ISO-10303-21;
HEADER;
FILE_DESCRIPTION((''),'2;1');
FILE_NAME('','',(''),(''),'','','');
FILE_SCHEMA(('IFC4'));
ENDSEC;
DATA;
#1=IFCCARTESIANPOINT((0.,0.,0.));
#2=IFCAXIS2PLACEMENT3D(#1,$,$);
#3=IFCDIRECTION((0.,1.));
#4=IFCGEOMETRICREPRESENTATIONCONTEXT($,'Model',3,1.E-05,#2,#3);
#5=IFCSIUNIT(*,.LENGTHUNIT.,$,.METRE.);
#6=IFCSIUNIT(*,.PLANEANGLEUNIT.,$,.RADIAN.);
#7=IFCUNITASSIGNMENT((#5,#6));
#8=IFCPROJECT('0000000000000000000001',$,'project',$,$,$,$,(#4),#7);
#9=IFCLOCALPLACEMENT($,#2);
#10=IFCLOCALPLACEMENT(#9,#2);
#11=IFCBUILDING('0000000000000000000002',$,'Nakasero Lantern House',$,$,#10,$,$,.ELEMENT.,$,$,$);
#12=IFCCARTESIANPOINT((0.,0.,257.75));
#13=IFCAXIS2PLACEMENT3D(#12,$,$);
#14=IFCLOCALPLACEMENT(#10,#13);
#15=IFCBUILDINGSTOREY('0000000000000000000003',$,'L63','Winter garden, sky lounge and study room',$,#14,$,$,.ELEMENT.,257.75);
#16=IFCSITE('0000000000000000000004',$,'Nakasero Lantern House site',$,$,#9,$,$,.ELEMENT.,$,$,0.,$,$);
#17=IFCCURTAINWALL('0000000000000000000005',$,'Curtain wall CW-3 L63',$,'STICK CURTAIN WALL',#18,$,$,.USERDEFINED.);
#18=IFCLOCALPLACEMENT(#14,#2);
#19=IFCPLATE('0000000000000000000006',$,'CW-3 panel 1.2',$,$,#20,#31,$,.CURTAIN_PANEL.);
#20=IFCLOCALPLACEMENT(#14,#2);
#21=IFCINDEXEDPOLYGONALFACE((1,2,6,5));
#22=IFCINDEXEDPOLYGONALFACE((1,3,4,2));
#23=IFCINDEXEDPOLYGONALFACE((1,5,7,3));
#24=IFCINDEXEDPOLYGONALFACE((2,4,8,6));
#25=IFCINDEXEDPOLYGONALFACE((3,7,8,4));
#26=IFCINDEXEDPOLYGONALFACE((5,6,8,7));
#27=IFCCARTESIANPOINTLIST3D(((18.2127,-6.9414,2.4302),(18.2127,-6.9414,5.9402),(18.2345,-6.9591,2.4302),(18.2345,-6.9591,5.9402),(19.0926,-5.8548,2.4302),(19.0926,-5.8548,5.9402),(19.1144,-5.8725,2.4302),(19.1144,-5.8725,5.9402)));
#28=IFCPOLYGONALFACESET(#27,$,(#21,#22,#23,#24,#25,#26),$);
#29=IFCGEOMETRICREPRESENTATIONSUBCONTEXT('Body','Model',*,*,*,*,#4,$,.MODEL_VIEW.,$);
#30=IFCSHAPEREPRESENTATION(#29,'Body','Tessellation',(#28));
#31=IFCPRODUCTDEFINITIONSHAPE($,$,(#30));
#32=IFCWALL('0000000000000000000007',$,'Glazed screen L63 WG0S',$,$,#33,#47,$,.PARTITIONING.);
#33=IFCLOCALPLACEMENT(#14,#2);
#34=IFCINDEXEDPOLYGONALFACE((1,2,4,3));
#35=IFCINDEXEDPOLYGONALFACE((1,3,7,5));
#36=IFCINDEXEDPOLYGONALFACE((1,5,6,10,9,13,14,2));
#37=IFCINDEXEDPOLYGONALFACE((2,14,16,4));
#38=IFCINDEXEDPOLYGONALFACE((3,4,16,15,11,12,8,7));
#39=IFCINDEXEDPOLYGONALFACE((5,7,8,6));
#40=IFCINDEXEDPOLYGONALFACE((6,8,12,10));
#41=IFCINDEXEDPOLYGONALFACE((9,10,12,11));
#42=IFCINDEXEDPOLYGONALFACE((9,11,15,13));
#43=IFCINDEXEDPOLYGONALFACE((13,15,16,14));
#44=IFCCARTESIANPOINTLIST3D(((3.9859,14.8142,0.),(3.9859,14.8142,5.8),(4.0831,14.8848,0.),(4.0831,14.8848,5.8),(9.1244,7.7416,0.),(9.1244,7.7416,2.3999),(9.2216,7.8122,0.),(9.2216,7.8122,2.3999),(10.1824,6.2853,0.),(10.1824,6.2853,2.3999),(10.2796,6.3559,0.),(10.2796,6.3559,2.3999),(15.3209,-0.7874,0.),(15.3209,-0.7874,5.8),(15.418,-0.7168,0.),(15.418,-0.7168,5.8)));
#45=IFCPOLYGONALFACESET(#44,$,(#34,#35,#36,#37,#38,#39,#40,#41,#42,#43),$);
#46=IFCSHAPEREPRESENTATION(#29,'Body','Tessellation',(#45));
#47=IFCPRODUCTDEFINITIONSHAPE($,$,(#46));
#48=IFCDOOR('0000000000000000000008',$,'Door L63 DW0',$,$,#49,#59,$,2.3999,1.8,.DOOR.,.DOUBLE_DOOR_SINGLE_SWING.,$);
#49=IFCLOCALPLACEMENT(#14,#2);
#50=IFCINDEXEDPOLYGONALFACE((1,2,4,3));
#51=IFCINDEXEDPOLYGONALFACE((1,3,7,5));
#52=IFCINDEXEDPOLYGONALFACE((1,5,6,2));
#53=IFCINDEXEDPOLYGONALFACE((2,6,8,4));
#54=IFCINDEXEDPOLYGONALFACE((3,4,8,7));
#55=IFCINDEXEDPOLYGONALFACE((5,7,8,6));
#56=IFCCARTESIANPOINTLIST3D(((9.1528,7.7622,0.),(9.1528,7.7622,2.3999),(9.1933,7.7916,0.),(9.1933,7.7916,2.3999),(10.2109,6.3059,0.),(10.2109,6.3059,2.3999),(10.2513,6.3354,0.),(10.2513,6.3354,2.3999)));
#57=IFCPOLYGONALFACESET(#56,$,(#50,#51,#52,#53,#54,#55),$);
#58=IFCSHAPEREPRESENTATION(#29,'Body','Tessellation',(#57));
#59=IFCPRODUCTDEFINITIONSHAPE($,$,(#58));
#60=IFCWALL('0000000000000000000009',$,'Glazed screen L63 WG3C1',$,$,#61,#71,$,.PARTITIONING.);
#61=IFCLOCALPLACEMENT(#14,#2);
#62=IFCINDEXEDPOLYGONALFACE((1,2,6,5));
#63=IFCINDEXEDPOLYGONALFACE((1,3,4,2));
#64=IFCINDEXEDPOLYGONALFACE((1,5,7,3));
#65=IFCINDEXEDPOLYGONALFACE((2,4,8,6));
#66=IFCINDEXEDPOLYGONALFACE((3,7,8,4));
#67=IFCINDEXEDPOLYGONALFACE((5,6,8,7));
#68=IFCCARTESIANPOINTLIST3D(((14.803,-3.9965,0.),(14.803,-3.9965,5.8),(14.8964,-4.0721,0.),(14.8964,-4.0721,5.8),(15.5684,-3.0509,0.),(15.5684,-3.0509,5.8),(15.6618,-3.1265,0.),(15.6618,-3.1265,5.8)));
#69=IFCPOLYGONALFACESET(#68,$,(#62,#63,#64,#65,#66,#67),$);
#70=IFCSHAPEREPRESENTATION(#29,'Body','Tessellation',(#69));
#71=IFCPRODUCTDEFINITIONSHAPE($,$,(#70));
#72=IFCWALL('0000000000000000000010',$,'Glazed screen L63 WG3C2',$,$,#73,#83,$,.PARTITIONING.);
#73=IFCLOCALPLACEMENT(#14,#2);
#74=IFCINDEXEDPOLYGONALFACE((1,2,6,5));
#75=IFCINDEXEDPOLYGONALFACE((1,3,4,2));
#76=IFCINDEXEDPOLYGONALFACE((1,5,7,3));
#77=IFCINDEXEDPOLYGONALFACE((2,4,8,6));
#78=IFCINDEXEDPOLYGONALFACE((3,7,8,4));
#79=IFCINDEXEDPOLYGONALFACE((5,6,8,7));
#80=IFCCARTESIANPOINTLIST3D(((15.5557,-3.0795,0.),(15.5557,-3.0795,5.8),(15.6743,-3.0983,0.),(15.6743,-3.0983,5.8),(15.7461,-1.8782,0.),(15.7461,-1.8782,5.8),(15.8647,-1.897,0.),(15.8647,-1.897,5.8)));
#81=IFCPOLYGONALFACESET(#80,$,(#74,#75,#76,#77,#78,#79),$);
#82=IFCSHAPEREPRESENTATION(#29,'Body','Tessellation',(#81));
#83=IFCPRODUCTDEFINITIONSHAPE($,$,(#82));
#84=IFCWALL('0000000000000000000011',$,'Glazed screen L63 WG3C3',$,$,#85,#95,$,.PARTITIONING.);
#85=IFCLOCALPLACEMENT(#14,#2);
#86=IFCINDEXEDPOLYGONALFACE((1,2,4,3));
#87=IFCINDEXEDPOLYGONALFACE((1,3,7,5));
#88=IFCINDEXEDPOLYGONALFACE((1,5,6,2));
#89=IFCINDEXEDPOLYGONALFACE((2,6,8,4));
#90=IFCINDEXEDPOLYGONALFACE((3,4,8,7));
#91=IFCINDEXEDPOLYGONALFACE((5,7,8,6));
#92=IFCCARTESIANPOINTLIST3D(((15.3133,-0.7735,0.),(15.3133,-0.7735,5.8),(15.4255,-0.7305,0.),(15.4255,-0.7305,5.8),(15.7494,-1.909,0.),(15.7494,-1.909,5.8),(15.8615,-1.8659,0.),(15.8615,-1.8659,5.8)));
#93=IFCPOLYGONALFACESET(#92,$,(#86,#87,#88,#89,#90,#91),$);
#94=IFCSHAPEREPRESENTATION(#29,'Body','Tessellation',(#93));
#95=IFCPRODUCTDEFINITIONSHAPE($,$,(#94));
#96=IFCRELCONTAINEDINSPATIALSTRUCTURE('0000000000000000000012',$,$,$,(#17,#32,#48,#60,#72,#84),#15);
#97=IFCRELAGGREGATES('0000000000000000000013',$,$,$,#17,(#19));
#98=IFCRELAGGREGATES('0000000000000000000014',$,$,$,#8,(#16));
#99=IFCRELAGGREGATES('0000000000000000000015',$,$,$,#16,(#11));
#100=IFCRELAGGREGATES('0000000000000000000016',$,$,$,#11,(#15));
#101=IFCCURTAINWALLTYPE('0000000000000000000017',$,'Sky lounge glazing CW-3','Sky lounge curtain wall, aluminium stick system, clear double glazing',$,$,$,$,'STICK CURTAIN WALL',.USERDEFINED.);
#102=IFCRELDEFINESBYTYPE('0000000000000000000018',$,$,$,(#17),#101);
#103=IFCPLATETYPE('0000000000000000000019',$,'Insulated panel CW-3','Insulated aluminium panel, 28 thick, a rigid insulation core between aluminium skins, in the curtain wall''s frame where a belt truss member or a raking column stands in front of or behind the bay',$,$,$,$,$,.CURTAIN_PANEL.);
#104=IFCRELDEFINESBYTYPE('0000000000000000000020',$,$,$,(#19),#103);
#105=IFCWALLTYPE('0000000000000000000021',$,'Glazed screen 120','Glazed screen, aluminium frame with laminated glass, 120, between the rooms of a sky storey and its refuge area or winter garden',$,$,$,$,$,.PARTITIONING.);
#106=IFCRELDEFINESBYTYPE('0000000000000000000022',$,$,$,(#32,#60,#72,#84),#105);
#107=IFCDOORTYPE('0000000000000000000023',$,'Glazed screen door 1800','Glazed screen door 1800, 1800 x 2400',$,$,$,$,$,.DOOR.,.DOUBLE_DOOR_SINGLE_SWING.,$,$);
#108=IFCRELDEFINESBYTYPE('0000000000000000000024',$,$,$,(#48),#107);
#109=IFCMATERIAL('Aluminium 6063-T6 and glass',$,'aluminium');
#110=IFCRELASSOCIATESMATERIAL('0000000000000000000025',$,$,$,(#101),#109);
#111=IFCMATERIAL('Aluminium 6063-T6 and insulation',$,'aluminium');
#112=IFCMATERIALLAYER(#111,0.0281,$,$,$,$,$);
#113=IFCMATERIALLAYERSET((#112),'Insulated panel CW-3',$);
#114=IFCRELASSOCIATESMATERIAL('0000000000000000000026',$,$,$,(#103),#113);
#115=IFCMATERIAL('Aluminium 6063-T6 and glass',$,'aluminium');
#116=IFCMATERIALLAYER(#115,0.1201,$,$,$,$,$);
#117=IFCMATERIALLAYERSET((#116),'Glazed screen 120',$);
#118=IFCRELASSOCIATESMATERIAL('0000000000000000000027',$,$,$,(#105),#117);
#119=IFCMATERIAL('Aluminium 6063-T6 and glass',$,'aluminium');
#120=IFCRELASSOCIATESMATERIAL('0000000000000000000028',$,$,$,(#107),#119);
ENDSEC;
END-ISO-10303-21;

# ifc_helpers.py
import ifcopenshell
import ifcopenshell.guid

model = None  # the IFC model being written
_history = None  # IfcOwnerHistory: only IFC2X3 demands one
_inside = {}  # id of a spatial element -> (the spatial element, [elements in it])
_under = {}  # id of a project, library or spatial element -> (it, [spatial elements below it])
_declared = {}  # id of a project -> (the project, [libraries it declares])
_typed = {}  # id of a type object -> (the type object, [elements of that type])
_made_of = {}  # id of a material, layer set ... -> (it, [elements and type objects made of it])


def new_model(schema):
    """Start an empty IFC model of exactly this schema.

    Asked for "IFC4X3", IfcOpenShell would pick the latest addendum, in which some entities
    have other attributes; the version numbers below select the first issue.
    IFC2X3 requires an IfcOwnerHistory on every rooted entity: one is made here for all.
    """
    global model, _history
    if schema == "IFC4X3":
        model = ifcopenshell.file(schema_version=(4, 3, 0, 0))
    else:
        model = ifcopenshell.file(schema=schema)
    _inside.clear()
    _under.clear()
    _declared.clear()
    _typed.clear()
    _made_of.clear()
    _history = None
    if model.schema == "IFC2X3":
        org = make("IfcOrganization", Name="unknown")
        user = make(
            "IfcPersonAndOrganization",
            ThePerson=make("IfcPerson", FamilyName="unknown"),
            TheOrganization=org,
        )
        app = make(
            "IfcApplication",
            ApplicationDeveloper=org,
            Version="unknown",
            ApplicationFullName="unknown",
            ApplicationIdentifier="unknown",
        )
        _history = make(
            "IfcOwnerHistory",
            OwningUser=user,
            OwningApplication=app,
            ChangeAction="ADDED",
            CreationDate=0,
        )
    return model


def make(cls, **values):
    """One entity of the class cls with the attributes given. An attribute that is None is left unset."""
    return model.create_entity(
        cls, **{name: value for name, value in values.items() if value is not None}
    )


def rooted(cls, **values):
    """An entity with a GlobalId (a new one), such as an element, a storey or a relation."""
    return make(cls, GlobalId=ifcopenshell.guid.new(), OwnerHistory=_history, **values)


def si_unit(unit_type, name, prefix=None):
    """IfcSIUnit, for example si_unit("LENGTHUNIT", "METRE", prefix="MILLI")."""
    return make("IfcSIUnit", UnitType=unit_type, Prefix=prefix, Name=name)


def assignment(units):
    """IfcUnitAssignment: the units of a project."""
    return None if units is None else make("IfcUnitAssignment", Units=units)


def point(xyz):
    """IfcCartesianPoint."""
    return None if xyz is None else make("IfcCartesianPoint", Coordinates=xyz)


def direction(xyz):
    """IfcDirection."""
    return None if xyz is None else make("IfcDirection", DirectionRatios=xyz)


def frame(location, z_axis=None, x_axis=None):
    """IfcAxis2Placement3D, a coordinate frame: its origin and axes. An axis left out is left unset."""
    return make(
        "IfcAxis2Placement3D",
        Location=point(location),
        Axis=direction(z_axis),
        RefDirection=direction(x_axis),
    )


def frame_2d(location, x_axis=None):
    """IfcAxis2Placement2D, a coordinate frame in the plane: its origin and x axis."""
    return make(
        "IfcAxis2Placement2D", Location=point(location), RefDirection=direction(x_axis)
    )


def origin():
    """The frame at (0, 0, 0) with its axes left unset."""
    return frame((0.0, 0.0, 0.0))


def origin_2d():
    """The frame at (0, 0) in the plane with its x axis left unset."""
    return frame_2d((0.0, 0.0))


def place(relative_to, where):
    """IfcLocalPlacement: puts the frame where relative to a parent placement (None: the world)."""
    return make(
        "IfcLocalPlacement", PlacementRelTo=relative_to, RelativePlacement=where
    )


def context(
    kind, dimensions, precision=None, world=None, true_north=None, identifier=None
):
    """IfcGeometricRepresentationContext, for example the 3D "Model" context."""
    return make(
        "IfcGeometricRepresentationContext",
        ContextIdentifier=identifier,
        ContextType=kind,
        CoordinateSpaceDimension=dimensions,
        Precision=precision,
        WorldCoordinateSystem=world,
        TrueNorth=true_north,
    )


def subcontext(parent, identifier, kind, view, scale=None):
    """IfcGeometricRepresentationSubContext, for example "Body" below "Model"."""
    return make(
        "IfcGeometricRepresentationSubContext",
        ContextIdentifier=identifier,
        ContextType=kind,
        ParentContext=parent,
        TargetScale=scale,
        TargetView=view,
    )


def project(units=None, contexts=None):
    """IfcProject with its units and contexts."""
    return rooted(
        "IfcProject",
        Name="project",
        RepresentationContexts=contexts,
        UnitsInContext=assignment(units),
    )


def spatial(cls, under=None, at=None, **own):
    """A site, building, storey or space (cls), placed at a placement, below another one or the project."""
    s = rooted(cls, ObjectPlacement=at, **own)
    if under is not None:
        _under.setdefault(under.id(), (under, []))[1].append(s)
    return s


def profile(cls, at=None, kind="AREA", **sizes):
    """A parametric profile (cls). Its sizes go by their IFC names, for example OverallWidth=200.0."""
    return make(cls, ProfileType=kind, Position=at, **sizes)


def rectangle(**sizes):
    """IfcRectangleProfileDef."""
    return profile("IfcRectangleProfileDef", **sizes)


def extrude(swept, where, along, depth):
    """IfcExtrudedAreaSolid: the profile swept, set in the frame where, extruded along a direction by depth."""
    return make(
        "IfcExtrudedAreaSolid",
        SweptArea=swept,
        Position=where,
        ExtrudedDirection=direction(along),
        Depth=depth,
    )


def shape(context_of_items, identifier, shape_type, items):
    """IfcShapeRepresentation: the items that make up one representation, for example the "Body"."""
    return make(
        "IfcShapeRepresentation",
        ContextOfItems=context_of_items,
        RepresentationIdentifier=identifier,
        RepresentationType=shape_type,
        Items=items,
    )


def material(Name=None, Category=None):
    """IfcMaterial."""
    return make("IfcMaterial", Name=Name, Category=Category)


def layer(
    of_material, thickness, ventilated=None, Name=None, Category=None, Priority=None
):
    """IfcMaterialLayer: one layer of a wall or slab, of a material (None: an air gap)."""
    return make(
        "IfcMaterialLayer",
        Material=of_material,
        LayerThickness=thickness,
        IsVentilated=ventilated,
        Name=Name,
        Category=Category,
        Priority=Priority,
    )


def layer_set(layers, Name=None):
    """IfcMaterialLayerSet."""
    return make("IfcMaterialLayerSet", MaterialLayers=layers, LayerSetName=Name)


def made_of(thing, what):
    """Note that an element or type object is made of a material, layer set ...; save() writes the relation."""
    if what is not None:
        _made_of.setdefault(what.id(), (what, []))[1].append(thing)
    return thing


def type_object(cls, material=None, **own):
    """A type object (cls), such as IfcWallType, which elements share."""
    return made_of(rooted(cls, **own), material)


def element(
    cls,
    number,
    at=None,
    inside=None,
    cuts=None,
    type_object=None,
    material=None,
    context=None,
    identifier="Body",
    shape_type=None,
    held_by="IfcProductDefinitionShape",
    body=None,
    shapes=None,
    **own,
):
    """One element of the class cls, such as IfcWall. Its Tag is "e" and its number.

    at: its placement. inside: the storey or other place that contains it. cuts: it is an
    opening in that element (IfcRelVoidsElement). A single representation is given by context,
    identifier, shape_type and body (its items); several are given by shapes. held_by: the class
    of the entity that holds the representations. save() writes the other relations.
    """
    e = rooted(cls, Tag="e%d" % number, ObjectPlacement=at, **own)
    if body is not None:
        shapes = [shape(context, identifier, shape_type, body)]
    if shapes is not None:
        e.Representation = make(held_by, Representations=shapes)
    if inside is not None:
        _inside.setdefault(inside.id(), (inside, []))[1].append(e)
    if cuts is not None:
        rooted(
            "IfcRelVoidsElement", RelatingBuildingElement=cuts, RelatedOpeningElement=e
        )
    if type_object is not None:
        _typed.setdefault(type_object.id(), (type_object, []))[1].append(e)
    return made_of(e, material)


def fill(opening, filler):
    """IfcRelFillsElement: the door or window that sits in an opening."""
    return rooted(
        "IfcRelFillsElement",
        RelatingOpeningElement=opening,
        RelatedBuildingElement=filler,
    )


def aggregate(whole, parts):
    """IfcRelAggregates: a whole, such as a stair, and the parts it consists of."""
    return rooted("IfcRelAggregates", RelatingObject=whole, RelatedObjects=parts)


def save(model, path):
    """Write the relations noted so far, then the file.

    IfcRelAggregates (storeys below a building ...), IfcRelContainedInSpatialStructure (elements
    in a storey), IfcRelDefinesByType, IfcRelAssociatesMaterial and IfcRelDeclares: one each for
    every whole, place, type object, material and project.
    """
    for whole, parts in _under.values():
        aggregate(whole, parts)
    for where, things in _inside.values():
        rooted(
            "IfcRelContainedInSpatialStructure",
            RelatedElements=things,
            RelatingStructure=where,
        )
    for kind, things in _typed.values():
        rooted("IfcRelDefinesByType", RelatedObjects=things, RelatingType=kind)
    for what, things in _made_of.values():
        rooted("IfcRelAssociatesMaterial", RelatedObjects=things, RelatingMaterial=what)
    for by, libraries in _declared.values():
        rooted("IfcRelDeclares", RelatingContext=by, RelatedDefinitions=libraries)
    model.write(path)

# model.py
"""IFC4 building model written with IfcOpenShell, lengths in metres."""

from ifc_helpers import new_model, si_unit, direction, frame, frame_2d, origin, origin_2d, place, context, subcontext, project, spatial, rectangle, extrude, material, layer, layer_set, type_object, element, fill, aggregate, save


model = new_model("IFC4")

# Units and contexts
model_context = context("Model", 3, precision=1e-05, world=origin(), true_north=direction((0.0, 1.0)))
body_context = subcontext(model_context, "Body", "Model", "MODEL_VIEW")
ifc_project = project(units=[si_unit("LENGTHUNIT", "METRE"), si_unit("PLANEANGLEUNIT", "RADIAN")], contexts=[model_context])

# Site, building, storey
site_placement = place(None, origin())
site = spatial("IfcSite", under=ifc_project, at=site_placement, Name="Nakasero Lantern House site", CompositionType="ELEMENT", RefElevation=0.0)
building_placement = place(site_placement, origin())
building = spatial("IfcBuilding", under=site, at=building_placement, Name="Nakasero Lantern House", CompositionType="ELEMENT")
storey_placement = place(building_placement, frame((0.0, 0.0, 257.75)))
storey = spatial("IfcBuildingStorey", under=building, at=storey_placement, Name="L63", Description="Winter garden, sky lounge and study room", CompositionType="ELEMENT", Elevation=257.75)

# Curtain wall
ifc_material_1 = material(Name="Aluminium 6063-T6 and glass", Category="aluminium")
curtain_wall_type = type_object("IfcCurtainWallType", Name="Sky lounge glazing CW-3", Description="Sky lounge curtain wall, aluminium stick system, clear double glazing", ElementType="STICK CURTAIN WALL", PredefinedType="USERDEFINED", material=ifc_material_1)
curtain_wall_1_placement = place(storey_placement, origin())
curtain_wall_1 = element("IfcCurtainWall", 1, at=curtain_wall_1_placement, inside=storey, type_object=curtain_wall_type, Name="Curtain wall CW-3 L63", ObjectType="STICK CURTAIN WALL", PredefinedType="USERDEFINED")

# Plate
ifc_material_2 = material(Name="Aluminium 6063-T6 and insulation", Category="aluminium")
ifc_layer_1 = layer(ifc_material_2, 0.0281)
ifc_layer_set_1 = layer_set([ifc_layer_1], Name="Insulated panel CW-3")
plate_type_1 = type_object("IfcPlateType", Name="Insulated panel CW-3", Description="Insulated aluminium panel, 28 thick, a rigid insulation core between aluminium skins, in the curtain wall's frame where a belt truss member or a raking column stands in front of or behind the bay", PredefinedType="CURTAIN_PANEL", material=ifc_layer_set_1)
plate_1_placement = place(storey_placement, frame((18.6636, -6.407, 2.4302), z_axis=(0.0, 0.0, 1.0), x_axis=(0.62932, 0.777146, 0.0)))
plate_1 = element("IfcPlate", 2, at=plate_1_placement, type_object=plate_type_1, Name="CW-3 panel 1.2", PredefinedType="CURTAIN_PANEL", context=body_context, shape_type="SweptSolid", body=[
    extrude(rectangle(XDim=1.3982, YDim=0.0281, at=origin_2d()), origin(), (0.0, 0.0, 1.0), 3.51),
])
aggregate(curtain_wall_1, [plate_1])

# Wall, opening, door
ifc_material_3 = material(Name="Aluminium 6063-T6 and glass", Category="aluminium")
ifc_layer_2 = layer(ifc_material_3, 0.1201)
ifc_layer_set_2 = layer_set([ifc_layer_2], Name="Glazed screen 120")
wall_type = type_object("IfcWallType", Name="Glazed screen 120", Description="Glazed screen, aluminium frame with laminated glass, 120, between the rooms of a sky storey and its refuge area or winter garden", PredefinedType="PARTITIONING", material=ifc_layer_set_2)
wall_1_placement = place(storey_placement, frame((15.3694, -0.752, 0.0), z_axis=(0.0, 0.0, 1.0), x_axis=(-0.587777, 0.809023, 0.0)))
wall_1 = element("IfcWall", 3, at=wall_1_placement, inside=storey, type_object=wall_type, Name="Glazed screen L63 WG0S", PredefinedType="PARTITIONING", context=body_context, shape_type="SweptSolid", body=[
    extrude(rectangle(XDim=19.2844, YDim=0.1201, at=frame_2d((9.6421, 0.0))), origin(), (0.0, 0.0, 1.0), 5.8),
])
opening_placement = place(wall_1_placement, frame((8.7422, 0.0, 0.0)))
opening = element("IfcOpeningElement", 4, at=opening_placement, cuts=wall_1, PredefinedType="OPENING", context=body_context, shape_type="SweptSolid", body=[
    extrude(rectangle(XDim=1.8, YDim=2.3999, at=frame_2d((0.8999, 1.2))), frame((0.0, 0.0801, 0.0), z_axis=(0.0, -1.0, 0.0), x_axis=(1.0, 0.0, 0.0)), (0.0, 0.0, 1.0), 0.1602),
])
ifc_material_4 = material(Name="Aluminium 6063-T6 and glass", Category="aluminium")
door_type = type_object("IfcDoorType", Name="Glazed screen door 1800", Description="Glazed screen door 1800, 1800 x 2400", OperationType="DOUBLE_DOOR_SINGLE_SWING", PredefinedType="DOOR", material=ifc_material_4)
door_placement = place(opening_placement, origin())
door = element("IfcDoor", 5, at=door_placement, inside=storey, type_object=door_type, Name="Door L63 DW0", OperationType="DOUBLE_DOOR_SINGLE_SWING", OverallHeight=2.3999, OverallWidth=1.8, PredefinedType="DOOR", context=body_context, shape_type="SweptSolid", body=[
    extrude(rectangle(XDim=1.8, YDim=2.3999, at=frame_2d((0.8999, 1.2))), frame((0.0, 0.0249, 0.0), z_axis=(0.0, -1.0, 0.0), x_axis=(1.0, 0.0, 0.0)), (0.0, 0.0, 1.0), 0.05),
])
fill(opening, door)

# Walls
wall_2_placement = place(storey_placement, frame((14.8496, -4.0344, 0.0), z_axis=(0.0, 0.0, 1.0), x_axis=(0.629164, 0.777273, 0.0)))
element("IfcWall", 6, at=wall_2_placement, inside=storey, type_object=wall_type, Name="Glazed screen L63 WG3C1", PredefinedType="PARTITIONING", context=body_context, shape_type="SweptSolid", body=[
    extrude(rectangle(XDim=1.2166, YDim=0.1201, at=frame_2d((0.6084, 0.0))), origin(), (0.0, 0.0, 1.0), 5.8),
])
for number, where, z_axis, x_axis, name in (
    (7, (15.615, -3.0889, 0.0), (0.0, 0.0, 1.0), (0.15655, 0.98767, 0.0), "Glazed screen L63 WG3C2"),
    (8, (15.8054, -1.8875, 0.0), (0.0, 0.0, 1.0), (-0.358481, 0.933537, 0.0), "Glazed screen L63 WG3C3"),
):
    element("IfcWall", number, at=place(storey_placement, frame(where, z_axis=z_axis, x_axis=x_axis)), inside=storey, type_object=wall_type, Name=name, PredefinedType="PARTITIONING", context=body_context, shape_type="SweptSolid", body=[
        extrude(rectangle(XDim=1.2163, YDim=0.1201, at=frame_2d((0.6082, 0.0))), origin(), (0.0, 0.0, 1.0), 5.8),
    ])

save(model, "model.ifc")
